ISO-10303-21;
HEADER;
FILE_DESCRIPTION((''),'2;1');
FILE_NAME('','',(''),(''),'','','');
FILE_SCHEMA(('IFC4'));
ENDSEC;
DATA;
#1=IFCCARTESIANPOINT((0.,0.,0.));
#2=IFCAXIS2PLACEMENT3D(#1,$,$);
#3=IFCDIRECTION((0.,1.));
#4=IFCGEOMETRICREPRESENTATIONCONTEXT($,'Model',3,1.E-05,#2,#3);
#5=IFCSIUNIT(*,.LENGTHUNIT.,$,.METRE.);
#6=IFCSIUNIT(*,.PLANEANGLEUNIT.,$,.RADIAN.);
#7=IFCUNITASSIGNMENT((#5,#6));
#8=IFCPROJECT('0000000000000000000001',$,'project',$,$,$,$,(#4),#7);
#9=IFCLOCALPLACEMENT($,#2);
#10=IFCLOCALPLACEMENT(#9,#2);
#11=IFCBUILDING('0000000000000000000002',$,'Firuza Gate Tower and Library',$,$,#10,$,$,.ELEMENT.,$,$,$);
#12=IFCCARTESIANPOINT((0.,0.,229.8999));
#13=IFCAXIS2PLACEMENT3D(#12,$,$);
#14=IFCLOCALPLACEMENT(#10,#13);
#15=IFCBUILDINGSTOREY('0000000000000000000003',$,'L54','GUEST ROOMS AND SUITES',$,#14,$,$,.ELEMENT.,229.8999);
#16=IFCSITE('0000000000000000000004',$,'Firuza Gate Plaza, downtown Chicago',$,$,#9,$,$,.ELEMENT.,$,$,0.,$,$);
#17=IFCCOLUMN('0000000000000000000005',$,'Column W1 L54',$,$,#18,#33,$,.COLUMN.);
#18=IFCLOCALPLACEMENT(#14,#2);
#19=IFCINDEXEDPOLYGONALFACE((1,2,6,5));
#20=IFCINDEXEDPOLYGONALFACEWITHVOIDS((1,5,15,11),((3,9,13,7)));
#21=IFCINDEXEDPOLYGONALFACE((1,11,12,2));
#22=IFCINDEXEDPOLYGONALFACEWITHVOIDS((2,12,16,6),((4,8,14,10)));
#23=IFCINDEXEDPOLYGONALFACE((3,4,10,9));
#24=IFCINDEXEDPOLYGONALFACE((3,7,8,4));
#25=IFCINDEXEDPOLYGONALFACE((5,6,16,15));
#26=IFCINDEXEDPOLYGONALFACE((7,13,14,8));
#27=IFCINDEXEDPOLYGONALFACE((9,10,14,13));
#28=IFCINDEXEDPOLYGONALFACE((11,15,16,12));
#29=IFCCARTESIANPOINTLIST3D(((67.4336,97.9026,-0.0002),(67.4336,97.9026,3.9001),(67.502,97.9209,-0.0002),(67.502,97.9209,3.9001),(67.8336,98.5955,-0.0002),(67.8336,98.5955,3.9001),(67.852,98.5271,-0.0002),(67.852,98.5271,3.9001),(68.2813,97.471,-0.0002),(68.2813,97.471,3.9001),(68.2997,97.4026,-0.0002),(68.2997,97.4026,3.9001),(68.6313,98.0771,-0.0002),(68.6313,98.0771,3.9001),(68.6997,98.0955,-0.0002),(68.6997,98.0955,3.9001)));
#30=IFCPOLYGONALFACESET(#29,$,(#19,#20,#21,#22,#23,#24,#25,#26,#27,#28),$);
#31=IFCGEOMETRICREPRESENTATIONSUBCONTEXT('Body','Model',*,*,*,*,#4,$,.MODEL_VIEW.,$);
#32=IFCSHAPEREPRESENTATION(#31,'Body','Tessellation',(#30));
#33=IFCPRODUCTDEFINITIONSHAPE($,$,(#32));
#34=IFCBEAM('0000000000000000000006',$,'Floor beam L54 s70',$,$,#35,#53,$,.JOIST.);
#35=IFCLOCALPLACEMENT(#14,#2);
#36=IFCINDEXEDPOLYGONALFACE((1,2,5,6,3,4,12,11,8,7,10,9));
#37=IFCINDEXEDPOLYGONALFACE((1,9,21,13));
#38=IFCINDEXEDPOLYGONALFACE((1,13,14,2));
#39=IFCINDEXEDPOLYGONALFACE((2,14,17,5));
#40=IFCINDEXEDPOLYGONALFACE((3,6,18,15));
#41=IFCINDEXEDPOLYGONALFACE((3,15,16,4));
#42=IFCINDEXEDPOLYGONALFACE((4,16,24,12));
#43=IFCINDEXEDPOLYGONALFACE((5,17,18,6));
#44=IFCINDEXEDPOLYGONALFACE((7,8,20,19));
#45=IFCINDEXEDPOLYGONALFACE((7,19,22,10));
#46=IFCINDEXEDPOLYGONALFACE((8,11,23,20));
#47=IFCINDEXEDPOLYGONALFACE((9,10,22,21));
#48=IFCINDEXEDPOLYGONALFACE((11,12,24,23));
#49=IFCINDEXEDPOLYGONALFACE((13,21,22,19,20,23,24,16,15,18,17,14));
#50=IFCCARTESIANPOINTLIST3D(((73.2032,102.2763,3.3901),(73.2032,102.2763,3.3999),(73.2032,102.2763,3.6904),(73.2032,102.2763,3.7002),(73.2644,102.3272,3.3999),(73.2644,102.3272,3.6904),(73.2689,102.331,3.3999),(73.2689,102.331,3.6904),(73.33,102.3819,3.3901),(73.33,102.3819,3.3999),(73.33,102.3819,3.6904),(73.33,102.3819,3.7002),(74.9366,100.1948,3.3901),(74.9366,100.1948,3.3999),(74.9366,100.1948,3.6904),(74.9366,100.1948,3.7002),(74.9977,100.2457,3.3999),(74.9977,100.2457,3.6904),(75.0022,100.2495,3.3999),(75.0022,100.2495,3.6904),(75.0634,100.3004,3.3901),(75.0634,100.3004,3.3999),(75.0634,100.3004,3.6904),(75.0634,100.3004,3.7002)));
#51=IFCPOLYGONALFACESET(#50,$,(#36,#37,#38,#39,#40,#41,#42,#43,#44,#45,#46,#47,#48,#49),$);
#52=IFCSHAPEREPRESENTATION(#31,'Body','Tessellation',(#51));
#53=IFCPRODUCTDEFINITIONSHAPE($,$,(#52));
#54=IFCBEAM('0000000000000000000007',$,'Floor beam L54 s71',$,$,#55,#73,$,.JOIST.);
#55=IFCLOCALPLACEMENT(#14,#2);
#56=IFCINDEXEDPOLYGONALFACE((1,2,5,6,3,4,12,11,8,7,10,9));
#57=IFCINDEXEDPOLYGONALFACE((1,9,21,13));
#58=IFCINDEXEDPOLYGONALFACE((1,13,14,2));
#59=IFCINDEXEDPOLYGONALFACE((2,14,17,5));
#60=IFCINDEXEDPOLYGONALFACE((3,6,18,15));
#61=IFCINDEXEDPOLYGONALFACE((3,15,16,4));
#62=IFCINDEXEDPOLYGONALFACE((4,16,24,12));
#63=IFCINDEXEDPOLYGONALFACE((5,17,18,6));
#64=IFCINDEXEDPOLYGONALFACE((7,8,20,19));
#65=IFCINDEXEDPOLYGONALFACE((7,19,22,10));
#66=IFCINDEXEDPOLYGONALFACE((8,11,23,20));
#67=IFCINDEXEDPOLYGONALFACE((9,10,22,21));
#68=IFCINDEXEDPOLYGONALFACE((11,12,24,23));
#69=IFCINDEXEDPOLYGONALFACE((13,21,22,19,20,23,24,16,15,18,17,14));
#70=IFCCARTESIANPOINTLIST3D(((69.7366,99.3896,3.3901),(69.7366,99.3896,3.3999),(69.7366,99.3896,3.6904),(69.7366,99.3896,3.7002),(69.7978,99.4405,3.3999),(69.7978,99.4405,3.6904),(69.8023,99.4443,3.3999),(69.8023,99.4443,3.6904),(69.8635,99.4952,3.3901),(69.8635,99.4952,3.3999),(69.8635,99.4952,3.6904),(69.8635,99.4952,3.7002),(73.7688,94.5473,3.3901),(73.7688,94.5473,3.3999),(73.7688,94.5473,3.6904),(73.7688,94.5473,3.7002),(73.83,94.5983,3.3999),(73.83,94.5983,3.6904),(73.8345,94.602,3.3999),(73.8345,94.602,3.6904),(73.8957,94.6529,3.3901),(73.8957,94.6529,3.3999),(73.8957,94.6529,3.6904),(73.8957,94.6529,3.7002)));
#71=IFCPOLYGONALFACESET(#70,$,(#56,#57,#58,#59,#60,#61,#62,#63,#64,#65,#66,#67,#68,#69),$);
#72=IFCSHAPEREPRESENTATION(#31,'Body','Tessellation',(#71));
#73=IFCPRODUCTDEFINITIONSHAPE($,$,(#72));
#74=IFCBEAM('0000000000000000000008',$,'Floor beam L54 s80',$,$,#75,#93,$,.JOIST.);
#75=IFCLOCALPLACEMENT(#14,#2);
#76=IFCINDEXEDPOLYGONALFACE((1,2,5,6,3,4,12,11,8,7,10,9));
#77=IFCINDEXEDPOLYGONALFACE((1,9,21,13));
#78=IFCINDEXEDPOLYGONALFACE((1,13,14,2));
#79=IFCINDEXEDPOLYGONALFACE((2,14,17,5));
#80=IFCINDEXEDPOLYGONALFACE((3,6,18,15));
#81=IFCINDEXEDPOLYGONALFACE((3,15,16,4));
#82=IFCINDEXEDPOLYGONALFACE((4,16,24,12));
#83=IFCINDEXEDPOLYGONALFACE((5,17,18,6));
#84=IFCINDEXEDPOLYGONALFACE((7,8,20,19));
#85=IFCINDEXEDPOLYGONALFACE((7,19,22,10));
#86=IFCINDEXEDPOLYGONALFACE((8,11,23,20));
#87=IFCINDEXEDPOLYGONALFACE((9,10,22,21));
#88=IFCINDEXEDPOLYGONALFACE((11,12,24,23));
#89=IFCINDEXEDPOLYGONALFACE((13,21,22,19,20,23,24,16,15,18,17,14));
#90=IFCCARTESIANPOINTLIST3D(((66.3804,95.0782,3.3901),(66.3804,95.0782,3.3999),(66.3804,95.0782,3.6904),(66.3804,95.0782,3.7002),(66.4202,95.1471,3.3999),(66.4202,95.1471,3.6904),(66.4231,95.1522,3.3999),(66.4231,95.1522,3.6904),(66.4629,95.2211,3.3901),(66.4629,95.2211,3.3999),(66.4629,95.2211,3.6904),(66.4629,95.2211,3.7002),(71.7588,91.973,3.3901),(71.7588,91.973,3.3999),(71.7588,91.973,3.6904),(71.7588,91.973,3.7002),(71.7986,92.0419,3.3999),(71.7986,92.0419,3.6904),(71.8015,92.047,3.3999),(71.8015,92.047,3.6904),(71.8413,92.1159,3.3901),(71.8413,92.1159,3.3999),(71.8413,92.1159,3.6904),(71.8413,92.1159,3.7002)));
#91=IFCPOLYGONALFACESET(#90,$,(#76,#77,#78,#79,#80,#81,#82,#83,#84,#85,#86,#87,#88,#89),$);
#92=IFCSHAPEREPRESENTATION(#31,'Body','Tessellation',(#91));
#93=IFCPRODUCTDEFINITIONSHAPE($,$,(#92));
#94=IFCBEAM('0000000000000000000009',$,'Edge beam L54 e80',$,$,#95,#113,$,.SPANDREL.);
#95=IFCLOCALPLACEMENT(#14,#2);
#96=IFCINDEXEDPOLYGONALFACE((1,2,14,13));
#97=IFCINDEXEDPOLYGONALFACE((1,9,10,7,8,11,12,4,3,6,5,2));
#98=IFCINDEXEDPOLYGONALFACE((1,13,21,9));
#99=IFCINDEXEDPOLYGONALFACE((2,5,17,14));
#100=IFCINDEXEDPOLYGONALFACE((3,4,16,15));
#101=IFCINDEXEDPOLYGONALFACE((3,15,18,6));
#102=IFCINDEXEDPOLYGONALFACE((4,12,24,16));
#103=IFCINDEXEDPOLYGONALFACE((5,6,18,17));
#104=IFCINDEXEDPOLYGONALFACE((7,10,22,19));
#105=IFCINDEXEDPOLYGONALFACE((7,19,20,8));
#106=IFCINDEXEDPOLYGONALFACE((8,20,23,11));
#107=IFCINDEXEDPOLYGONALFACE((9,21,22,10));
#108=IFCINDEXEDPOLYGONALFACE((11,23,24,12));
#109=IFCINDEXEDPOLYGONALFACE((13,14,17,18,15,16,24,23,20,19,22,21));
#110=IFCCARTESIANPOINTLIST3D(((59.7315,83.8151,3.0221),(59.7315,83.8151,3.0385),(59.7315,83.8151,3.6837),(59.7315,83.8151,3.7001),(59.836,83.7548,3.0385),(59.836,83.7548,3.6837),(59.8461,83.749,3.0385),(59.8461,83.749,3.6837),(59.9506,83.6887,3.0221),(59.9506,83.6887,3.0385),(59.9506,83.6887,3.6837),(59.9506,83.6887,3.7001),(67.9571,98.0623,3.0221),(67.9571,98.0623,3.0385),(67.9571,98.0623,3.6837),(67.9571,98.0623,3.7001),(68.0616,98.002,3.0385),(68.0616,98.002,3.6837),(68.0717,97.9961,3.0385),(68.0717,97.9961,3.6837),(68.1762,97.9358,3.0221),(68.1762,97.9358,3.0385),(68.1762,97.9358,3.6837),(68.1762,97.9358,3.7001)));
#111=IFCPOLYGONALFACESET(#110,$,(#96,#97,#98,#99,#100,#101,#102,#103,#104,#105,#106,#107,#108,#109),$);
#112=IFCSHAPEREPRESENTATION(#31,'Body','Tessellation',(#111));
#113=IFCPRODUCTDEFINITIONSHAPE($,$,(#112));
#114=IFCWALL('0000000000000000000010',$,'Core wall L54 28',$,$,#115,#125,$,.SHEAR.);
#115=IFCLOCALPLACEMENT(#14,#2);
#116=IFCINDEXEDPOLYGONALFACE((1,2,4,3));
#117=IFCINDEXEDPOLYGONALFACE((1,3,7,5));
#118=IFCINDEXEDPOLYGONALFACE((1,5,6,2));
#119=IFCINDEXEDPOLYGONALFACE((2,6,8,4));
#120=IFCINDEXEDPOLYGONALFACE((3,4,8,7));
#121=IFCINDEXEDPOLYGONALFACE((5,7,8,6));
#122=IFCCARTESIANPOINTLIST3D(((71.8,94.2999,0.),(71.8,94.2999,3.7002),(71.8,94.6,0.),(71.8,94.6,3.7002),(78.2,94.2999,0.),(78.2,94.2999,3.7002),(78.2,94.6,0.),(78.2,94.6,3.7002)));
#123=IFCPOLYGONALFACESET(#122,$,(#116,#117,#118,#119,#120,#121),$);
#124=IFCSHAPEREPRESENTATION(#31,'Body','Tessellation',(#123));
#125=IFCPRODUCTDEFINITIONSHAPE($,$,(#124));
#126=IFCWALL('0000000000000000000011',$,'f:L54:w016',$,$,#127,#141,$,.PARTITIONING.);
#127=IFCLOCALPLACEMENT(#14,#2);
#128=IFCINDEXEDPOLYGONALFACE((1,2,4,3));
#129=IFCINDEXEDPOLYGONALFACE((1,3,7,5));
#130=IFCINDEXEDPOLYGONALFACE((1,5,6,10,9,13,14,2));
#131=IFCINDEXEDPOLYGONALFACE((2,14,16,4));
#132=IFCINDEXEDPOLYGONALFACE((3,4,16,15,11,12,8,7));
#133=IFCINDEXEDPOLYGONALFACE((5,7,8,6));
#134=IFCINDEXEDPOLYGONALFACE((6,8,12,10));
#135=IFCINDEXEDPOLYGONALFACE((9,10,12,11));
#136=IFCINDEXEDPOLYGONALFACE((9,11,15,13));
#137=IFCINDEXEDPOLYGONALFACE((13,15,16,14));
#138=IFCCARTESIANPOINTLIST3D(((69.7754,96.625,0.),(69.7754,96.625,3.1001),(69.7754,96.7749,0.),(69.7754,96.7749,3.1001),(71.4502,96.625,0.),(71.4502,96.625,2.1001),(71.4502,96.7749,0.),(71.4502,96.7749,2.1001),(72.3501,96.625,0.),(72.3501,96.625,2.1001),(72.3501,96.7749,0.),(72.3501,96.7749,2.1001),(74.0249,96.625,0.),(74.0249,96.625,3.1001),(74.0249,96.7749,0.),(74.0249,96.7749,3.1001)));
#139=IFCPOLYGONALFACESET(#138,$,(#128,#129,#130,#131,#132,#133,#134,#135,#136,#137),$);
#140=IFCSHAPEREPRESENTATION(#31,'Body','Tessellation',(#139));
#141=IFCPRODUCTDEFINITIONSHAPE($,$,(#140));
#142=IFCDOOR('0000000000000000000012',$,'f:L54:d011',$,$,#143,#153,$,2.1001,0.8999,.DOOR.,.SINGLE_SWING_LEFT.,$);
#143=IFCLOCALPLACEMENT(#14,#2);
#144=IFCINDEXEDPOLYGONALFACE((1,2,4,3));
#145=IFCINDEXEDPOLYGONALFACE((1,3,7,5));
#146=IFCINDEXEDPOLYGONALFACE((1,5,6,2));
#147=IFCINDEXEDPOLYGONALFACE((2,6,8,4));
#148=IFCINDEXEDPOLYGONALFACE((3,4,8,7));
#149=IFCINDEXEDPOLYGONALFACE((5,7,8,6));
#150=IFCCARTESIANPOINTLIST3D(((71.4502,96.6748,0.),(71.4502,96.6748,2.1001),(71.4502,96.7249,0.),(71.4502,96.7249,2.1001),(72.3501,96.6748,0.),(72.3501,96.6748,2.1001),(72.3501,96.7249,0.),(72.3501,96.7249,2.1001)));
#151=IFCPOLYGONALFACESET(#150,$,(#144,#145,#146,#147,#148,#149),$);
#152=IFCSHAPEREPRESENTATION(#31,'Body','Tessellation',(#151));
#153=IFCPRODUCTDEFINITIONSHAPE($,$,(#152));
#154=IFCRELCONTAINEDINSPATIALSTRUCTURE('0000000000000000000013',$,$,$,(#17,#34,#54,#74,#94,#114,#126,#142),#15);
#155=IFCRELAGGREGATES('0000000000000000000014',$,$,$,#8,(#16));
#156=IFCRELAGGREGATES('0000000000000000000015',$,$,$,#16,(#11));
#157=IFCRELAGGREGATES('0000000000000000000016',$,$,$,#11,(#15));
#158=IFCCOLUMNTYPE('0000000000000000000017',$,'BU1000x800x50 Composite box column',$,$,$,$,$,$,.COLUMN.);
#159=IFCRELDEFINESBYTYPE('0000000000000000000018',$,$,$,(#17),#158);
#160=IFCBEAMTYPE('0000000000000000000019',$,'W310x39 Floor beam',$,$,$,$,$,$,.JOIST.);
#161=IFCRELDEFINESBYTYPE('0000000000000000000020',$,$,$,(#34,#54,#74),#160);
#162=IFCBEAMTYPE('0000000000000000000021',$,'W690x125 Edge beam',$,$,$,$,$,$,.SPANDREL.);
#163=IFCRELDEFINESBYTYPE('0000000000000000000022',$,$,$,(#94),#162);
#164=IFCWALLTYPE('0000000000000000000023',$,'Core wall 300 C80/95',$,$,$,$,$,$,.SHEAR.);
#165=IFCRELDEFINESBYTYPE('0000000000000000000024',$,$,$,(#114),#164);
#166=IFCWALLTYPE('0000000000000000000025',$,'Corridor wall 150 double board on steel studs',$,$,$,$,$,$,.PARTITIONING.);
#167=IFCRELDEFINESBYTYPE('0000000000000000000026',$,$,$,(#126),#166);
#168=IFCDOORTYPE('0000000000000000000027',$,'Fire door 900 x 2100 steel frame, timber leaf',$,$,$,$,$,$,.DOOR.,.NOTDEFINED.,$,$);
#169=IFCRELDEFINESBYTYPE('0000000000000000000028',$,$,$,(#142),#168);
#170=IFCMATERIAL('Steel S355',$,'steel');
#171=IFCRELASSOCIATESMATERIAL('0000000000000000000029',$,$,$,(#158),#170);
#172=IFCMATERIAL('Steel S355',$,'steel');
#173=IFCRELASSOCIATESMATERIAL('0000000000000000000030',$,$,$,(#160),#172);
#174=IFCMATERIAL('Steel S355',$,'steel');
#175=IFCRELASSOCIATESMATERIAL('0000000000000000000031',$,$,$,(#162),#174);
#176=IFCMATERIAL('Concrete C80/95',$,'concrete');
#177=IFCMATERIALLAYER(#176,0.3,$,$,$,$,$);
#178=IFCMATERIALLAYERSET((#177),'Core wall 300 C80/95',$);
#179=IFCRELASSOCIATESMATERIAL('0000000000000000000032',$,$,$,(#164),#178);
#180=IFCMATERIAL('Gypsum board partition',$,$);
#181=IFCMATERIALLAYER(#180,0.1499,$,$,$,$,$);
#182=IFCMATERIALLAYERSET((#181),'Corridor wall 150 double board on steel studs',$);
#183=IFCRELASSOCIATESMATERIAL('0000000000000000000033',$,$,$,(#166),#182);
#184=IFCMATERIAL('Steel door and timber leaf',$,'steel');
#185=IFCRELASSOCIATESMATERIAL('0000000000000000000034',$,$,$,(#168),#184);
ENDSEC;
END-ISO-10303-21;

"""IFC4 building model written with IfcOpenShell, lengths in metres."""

from ifc_helpers import new_model, si_unit, direction, frame, frame_2d, origin, origin_2d, place, context, subcontext, project, spatial, rectangle, hollow_rectangle, i_section, extrude, material, layer, layer_set, material_profile, profile_set, type_object, element, fill, save


model = new_model("IFC4")

# Units and contexts
model_context = context("Model", 3, precision=1e-05, world=origin(), true_north=direction((0.0, 1.0)))
body_context = subcontext(model_context, "Body", "Model", "MODEL_VIEW")
ifc_project = project(units=[si_unit("LENGTHUNIT", "METRE"), si_unit("PLANEANGLEUNIT", "RADIAN")], contexts=[model_context])

# Site, building, storey
site_placement = place(None, origin())
site = spatial("IfcSite", under=ifc_project, at=site_placement, Name="Firuza Gate Plaza, downtown Chicago", CompositionType="ELEMENT", RefElevation=0.0)
building_placement = place(site_placement, origin())
building = spatial("IfcBuilding", under=site, at=building_placement, Name="Firuza Gate Tower and Library", CompositionType="ELEMENT")
storey_placement = place(building_placement, frame((0.0, 0.0, 229.8999)))
storey = spatial("IfcBuildingStorey", under=building, at=storey_placement, Name="L54", Description="GUEST ROOMS AND SUITES", CompositionType="ELEMENT", Elevation=229.8999)

# Column
ifc_material_1 = material(Name="Steel S355", Category="steel")
ifc_material_profile_1 = material_profile(ifc_material_1, hollow_rectangle(XDim=0.8, YDim=1.0, WallThickness=0.05, at=origin_2d()))
ifc_profile_set_1 = profile_set([ifc_material_profile_1], Name="Steel S355")
column_type = type_object("IfcColumnType", Name="BU1000x800x50 Composite box column", PredefinedType="COLUMN", material=ifc_profile_set_1)
column_placement = place(storey_placement, frame((68.0667, 97.999, -0.0002), z_axis=(0.0, 0.0, 1.0), x_axis=(-0.5, -0.866025, 0.0)))
element("IfcColumn", 1, at=column_placement, inside=storey, type_object=column_type, Name="Column W1 L54", PredefinedType="COLUMN", context=body_context, shape_type="SweptSolid", body=[
    extrude(hollow_rectangle(XDim=0.8, YDim=1.0, WallThickness=0.05, at=origin_2d()), origin(), (0.0, 0.0, 1.0), 3.9004),
])

# Beams
ifc_material_2 = material(Name="Steel S355", Category="steel")
ifc_material_profile_2 = material_profile(ifc_material_2, i_section(OverallWidth=0.165, OverallDepth=0.3101, WebThickness=0.0059, FlangeThickness=0.0098, at=origin_2d()))
ifc_profile_set_2 = profile_set([ifc_material_profile_2], Name="Steel S355")
beam_type_1 = type_object("IfcBeamType", Name="W310x39 Floor beam", PredefinedType="JOIST", material=ifc_profile_set_2)
beam_1_placement = place(storey_placement, frame((73.2666, 102.3291, 3.5452), z_axis=(0.639918, -0.768443, 0.0), x_axis=(0.768443, 0.639918, 0.0)))
element("IfcBeam", 2, at=beam_1_placement, inside=storey, type_object=beam_type_1, Name="Floor beam L54 s70", PredefinedType="JOIST", context=body_context, shape_type="SweptSolid", body=[
    extrude(i_section(OverallWidth=0.165, OverallDepth=0.3101, WebThickness=0.0059, FlangeThickness=0.0098, at=origin_2d()), origin(), (0.0, 0.0, 1.0), 2.7087),
])
beam_2_placement = place(storey_placement, frame((69.8, 99.4424, 3.5452), z_axis=(0.639902, -0.768456, 0.0), x_axis=(0.768456, 0.639902, 0.0)))
element("IfcBeam", 3, at=beam_2_placement, inside=storey, type_object=beam_type_1, Name="Floor beam L54 s71", PredefinedType="JOIST", context=body_context, shape_type="SweptSolid", body=[
    extrude(i_section(OverallWidth=0.165, OverallDepth=0.3101, WebThickness=0.0059, FlangeThickness=0.0098, at=origin_2d()), origin(), (0.0, 0.0, 1.0), 6.3013),
])
beam_3_placement = place(storey_placement, frame((66.4216, 95.1497, 3.5452), z_axis=(0.866026, -0.499999, 0.0), x_axis=(0.499999, 0.866026, 0.0)))
element("IfcBeam", 4, at=beam_3_placement, inside=storey, type_object=beam_type_1, Name="Floor beam L54 s80", PredefinedType="JOIST", context=body_context, shape_type="SweptSolid", body=[
    extrude(i_section(OverallWidth=0.165, OverallDepth=0.3101, WebThickness=0.0059, FlangeThickness=0.0098, at=origin_2d()), origin(), (0.0, 0.0, 1.0), 6.2104),
])
ifc_material_3 = material(Name="Steel S355", Category="steel")
ifc_material_profile_3 = material_profile(ifc_material_3, i_section(OverallWidth=0.2529, OverallDepth=0.678, WebThickness=0.0117, FlangeThickness=0.0164, at=origin_2d()))
ifc_profile_set_3 = profile_set([ifc_material_profile_3], Name="Steel S355")
beam_type_2 = type_object("IfcBeamType", Name="W690x125 Edge beam", PredefinedType="SPANDREL", material=ifc_profile_set_3)
beam_4_placement = place(storey_placement, frame((68.0667, 97.999, 3.3611), z_axis=(-0.500002, -0.866024, 0.0), x_axis=(0.866024, -0.500002, 0.0)))
element("IfcBeam", 5, at=beam_4_placement, inside=storey, type_object=beam_type_2, Name="Edge beam L54 e80", PredefinedType="SPANDREL", context=body_context, shape_type="SweptSolid", body=[
    extrude(i_section(OverallWidth=0.2529, OverallDepth=0.678, WebThickness=0.0117, FlangeThickness=0.0164, at=origin_2d()), origin(), (0.0, 0.0, 1.0), 16.4512),
])

# Wall
ifc_material_4 = material(Name="Concrete C80/95", Category="concrete")
ifc_layer_1 = layer(ifc_material_4, 0.3)
ifc_layer_set_1 = layer_set([ifc_layer_1], Name="Core wall 300 C80/95")
wall_type_1 = type_object("IfcWallType", Name="Core wall 300 C80/95", PredefinedType="SHEAR", material=ifc_layer_set_1)
wall_1_placement = place(storey_placement, frame((71.8, 94.45, 0.0), z_axis=(0.0, 0.0, 1.0), x_axis=(1.0, 0.0, 0.0)))
element("IfcWall", 6, at=wall_1_placement, inside=storey, type_object=wall_type_1, Name="Core wall L54 28", PredefinedType="SHEAR", context=body_context, shape_type="SweptSolid", body=[
    extrude(rectangle(XDim=6.3999, YDim=0.3, at=frame_2d((3.2, 0.0))), origin(), (0.0, 0.0, 1.0), 3.7002),
])

# Wall, opening, door
ifc_material_5 = material(Name="Gypsum board partition")
ifc_layer_2 = layer(ifc_material_5, 0.1499)
ifc_layer_set_2 = layer_set([ifc_layer_2], Name="Corridor wall 150 double board on steel studs")
wall_type_2 = type_object("IfcWallType", Name="Corridor wall 150 double board on steel studs", PredefinedType="PARTITIONING", material=ifc_layer_set_2)
wall_2_placement = place(storey_placement, frame((69.7754, 96.7, 0.0), z_axis=(0.0, 0.0, 1.0), x_axis=(1.0, 0.0, 0.0)))
wall_2 = element("IfcWall", 7, at=wall_2_placement, inside=storey, type_object=wall_type_2, Name="f:L54:w016", PredefinedType="PARTITIONING", context=body_context, shape_type="SweptSolid", body=[
    extrude(rectangle(XDim=4.2495, YDim=0.1499, at=frame_2d((2.1248, 0.0))), origin(), (0.0, 0.0, 1.0), 3.1001),
])
opening_1_placement = place(wall_2_placement, frame((1.6748, 0.0, 0.0)))
opening_1 = element("IfcOpeningElement", 8, at=opening_1_placement, cuts=wall_2, PredefinedType="OPENING", context=body_context, shape_type="SweptSolid", body=[
    extrude(rectangle(XDim=0.8999, YDim=2.1001, at=frame_2d((0.45, 1.05))), frame((0.0, 0.085, 0.0), z_axis=(0.0, -1.0, 0.0), x_axis=(1.0, 0.0, 0.0)), (0.0, 0.0, 1.0), 0.1699),
])
ifc_material_6 = material(Name="Steel door and timber leaf", Category="steel")
door_type_1 = type_object("IfcDoorType", Name="Fire door 900 x 2100 steel frame, timber leaf", OperationType="NOTDEFINED", PredefinedType="DOOR", material=ifc_material_6)
door_1_placement = place(opening_1_placement, origin())
door_1 = element("IfcDoor", 9, at=door_1_placement, inside=storey, type_object=door_type_1, Name="f:L54:d011", OperationType="SINGLE_SWING_LEFT", OverallHeight=2.1001, OverallWidth=0.8999, PredefinedType="DOOR", context=body_context, shape_type="SweptSolid", body=[
    extrude(rectangle(XDim=0.8999, YDim=2.1001, at=frame_2d((0.45, 1.05))), frame((0.0, 0.0249, 0.0), z_axis=(0.0, -1.0, 0.0), x_axis=(1.0, 0.0, 0.0)), (0.0, 0.0, 1.0), 0.05),
])
fill(opening_1, door_1)

save(model, "model.ifc")
